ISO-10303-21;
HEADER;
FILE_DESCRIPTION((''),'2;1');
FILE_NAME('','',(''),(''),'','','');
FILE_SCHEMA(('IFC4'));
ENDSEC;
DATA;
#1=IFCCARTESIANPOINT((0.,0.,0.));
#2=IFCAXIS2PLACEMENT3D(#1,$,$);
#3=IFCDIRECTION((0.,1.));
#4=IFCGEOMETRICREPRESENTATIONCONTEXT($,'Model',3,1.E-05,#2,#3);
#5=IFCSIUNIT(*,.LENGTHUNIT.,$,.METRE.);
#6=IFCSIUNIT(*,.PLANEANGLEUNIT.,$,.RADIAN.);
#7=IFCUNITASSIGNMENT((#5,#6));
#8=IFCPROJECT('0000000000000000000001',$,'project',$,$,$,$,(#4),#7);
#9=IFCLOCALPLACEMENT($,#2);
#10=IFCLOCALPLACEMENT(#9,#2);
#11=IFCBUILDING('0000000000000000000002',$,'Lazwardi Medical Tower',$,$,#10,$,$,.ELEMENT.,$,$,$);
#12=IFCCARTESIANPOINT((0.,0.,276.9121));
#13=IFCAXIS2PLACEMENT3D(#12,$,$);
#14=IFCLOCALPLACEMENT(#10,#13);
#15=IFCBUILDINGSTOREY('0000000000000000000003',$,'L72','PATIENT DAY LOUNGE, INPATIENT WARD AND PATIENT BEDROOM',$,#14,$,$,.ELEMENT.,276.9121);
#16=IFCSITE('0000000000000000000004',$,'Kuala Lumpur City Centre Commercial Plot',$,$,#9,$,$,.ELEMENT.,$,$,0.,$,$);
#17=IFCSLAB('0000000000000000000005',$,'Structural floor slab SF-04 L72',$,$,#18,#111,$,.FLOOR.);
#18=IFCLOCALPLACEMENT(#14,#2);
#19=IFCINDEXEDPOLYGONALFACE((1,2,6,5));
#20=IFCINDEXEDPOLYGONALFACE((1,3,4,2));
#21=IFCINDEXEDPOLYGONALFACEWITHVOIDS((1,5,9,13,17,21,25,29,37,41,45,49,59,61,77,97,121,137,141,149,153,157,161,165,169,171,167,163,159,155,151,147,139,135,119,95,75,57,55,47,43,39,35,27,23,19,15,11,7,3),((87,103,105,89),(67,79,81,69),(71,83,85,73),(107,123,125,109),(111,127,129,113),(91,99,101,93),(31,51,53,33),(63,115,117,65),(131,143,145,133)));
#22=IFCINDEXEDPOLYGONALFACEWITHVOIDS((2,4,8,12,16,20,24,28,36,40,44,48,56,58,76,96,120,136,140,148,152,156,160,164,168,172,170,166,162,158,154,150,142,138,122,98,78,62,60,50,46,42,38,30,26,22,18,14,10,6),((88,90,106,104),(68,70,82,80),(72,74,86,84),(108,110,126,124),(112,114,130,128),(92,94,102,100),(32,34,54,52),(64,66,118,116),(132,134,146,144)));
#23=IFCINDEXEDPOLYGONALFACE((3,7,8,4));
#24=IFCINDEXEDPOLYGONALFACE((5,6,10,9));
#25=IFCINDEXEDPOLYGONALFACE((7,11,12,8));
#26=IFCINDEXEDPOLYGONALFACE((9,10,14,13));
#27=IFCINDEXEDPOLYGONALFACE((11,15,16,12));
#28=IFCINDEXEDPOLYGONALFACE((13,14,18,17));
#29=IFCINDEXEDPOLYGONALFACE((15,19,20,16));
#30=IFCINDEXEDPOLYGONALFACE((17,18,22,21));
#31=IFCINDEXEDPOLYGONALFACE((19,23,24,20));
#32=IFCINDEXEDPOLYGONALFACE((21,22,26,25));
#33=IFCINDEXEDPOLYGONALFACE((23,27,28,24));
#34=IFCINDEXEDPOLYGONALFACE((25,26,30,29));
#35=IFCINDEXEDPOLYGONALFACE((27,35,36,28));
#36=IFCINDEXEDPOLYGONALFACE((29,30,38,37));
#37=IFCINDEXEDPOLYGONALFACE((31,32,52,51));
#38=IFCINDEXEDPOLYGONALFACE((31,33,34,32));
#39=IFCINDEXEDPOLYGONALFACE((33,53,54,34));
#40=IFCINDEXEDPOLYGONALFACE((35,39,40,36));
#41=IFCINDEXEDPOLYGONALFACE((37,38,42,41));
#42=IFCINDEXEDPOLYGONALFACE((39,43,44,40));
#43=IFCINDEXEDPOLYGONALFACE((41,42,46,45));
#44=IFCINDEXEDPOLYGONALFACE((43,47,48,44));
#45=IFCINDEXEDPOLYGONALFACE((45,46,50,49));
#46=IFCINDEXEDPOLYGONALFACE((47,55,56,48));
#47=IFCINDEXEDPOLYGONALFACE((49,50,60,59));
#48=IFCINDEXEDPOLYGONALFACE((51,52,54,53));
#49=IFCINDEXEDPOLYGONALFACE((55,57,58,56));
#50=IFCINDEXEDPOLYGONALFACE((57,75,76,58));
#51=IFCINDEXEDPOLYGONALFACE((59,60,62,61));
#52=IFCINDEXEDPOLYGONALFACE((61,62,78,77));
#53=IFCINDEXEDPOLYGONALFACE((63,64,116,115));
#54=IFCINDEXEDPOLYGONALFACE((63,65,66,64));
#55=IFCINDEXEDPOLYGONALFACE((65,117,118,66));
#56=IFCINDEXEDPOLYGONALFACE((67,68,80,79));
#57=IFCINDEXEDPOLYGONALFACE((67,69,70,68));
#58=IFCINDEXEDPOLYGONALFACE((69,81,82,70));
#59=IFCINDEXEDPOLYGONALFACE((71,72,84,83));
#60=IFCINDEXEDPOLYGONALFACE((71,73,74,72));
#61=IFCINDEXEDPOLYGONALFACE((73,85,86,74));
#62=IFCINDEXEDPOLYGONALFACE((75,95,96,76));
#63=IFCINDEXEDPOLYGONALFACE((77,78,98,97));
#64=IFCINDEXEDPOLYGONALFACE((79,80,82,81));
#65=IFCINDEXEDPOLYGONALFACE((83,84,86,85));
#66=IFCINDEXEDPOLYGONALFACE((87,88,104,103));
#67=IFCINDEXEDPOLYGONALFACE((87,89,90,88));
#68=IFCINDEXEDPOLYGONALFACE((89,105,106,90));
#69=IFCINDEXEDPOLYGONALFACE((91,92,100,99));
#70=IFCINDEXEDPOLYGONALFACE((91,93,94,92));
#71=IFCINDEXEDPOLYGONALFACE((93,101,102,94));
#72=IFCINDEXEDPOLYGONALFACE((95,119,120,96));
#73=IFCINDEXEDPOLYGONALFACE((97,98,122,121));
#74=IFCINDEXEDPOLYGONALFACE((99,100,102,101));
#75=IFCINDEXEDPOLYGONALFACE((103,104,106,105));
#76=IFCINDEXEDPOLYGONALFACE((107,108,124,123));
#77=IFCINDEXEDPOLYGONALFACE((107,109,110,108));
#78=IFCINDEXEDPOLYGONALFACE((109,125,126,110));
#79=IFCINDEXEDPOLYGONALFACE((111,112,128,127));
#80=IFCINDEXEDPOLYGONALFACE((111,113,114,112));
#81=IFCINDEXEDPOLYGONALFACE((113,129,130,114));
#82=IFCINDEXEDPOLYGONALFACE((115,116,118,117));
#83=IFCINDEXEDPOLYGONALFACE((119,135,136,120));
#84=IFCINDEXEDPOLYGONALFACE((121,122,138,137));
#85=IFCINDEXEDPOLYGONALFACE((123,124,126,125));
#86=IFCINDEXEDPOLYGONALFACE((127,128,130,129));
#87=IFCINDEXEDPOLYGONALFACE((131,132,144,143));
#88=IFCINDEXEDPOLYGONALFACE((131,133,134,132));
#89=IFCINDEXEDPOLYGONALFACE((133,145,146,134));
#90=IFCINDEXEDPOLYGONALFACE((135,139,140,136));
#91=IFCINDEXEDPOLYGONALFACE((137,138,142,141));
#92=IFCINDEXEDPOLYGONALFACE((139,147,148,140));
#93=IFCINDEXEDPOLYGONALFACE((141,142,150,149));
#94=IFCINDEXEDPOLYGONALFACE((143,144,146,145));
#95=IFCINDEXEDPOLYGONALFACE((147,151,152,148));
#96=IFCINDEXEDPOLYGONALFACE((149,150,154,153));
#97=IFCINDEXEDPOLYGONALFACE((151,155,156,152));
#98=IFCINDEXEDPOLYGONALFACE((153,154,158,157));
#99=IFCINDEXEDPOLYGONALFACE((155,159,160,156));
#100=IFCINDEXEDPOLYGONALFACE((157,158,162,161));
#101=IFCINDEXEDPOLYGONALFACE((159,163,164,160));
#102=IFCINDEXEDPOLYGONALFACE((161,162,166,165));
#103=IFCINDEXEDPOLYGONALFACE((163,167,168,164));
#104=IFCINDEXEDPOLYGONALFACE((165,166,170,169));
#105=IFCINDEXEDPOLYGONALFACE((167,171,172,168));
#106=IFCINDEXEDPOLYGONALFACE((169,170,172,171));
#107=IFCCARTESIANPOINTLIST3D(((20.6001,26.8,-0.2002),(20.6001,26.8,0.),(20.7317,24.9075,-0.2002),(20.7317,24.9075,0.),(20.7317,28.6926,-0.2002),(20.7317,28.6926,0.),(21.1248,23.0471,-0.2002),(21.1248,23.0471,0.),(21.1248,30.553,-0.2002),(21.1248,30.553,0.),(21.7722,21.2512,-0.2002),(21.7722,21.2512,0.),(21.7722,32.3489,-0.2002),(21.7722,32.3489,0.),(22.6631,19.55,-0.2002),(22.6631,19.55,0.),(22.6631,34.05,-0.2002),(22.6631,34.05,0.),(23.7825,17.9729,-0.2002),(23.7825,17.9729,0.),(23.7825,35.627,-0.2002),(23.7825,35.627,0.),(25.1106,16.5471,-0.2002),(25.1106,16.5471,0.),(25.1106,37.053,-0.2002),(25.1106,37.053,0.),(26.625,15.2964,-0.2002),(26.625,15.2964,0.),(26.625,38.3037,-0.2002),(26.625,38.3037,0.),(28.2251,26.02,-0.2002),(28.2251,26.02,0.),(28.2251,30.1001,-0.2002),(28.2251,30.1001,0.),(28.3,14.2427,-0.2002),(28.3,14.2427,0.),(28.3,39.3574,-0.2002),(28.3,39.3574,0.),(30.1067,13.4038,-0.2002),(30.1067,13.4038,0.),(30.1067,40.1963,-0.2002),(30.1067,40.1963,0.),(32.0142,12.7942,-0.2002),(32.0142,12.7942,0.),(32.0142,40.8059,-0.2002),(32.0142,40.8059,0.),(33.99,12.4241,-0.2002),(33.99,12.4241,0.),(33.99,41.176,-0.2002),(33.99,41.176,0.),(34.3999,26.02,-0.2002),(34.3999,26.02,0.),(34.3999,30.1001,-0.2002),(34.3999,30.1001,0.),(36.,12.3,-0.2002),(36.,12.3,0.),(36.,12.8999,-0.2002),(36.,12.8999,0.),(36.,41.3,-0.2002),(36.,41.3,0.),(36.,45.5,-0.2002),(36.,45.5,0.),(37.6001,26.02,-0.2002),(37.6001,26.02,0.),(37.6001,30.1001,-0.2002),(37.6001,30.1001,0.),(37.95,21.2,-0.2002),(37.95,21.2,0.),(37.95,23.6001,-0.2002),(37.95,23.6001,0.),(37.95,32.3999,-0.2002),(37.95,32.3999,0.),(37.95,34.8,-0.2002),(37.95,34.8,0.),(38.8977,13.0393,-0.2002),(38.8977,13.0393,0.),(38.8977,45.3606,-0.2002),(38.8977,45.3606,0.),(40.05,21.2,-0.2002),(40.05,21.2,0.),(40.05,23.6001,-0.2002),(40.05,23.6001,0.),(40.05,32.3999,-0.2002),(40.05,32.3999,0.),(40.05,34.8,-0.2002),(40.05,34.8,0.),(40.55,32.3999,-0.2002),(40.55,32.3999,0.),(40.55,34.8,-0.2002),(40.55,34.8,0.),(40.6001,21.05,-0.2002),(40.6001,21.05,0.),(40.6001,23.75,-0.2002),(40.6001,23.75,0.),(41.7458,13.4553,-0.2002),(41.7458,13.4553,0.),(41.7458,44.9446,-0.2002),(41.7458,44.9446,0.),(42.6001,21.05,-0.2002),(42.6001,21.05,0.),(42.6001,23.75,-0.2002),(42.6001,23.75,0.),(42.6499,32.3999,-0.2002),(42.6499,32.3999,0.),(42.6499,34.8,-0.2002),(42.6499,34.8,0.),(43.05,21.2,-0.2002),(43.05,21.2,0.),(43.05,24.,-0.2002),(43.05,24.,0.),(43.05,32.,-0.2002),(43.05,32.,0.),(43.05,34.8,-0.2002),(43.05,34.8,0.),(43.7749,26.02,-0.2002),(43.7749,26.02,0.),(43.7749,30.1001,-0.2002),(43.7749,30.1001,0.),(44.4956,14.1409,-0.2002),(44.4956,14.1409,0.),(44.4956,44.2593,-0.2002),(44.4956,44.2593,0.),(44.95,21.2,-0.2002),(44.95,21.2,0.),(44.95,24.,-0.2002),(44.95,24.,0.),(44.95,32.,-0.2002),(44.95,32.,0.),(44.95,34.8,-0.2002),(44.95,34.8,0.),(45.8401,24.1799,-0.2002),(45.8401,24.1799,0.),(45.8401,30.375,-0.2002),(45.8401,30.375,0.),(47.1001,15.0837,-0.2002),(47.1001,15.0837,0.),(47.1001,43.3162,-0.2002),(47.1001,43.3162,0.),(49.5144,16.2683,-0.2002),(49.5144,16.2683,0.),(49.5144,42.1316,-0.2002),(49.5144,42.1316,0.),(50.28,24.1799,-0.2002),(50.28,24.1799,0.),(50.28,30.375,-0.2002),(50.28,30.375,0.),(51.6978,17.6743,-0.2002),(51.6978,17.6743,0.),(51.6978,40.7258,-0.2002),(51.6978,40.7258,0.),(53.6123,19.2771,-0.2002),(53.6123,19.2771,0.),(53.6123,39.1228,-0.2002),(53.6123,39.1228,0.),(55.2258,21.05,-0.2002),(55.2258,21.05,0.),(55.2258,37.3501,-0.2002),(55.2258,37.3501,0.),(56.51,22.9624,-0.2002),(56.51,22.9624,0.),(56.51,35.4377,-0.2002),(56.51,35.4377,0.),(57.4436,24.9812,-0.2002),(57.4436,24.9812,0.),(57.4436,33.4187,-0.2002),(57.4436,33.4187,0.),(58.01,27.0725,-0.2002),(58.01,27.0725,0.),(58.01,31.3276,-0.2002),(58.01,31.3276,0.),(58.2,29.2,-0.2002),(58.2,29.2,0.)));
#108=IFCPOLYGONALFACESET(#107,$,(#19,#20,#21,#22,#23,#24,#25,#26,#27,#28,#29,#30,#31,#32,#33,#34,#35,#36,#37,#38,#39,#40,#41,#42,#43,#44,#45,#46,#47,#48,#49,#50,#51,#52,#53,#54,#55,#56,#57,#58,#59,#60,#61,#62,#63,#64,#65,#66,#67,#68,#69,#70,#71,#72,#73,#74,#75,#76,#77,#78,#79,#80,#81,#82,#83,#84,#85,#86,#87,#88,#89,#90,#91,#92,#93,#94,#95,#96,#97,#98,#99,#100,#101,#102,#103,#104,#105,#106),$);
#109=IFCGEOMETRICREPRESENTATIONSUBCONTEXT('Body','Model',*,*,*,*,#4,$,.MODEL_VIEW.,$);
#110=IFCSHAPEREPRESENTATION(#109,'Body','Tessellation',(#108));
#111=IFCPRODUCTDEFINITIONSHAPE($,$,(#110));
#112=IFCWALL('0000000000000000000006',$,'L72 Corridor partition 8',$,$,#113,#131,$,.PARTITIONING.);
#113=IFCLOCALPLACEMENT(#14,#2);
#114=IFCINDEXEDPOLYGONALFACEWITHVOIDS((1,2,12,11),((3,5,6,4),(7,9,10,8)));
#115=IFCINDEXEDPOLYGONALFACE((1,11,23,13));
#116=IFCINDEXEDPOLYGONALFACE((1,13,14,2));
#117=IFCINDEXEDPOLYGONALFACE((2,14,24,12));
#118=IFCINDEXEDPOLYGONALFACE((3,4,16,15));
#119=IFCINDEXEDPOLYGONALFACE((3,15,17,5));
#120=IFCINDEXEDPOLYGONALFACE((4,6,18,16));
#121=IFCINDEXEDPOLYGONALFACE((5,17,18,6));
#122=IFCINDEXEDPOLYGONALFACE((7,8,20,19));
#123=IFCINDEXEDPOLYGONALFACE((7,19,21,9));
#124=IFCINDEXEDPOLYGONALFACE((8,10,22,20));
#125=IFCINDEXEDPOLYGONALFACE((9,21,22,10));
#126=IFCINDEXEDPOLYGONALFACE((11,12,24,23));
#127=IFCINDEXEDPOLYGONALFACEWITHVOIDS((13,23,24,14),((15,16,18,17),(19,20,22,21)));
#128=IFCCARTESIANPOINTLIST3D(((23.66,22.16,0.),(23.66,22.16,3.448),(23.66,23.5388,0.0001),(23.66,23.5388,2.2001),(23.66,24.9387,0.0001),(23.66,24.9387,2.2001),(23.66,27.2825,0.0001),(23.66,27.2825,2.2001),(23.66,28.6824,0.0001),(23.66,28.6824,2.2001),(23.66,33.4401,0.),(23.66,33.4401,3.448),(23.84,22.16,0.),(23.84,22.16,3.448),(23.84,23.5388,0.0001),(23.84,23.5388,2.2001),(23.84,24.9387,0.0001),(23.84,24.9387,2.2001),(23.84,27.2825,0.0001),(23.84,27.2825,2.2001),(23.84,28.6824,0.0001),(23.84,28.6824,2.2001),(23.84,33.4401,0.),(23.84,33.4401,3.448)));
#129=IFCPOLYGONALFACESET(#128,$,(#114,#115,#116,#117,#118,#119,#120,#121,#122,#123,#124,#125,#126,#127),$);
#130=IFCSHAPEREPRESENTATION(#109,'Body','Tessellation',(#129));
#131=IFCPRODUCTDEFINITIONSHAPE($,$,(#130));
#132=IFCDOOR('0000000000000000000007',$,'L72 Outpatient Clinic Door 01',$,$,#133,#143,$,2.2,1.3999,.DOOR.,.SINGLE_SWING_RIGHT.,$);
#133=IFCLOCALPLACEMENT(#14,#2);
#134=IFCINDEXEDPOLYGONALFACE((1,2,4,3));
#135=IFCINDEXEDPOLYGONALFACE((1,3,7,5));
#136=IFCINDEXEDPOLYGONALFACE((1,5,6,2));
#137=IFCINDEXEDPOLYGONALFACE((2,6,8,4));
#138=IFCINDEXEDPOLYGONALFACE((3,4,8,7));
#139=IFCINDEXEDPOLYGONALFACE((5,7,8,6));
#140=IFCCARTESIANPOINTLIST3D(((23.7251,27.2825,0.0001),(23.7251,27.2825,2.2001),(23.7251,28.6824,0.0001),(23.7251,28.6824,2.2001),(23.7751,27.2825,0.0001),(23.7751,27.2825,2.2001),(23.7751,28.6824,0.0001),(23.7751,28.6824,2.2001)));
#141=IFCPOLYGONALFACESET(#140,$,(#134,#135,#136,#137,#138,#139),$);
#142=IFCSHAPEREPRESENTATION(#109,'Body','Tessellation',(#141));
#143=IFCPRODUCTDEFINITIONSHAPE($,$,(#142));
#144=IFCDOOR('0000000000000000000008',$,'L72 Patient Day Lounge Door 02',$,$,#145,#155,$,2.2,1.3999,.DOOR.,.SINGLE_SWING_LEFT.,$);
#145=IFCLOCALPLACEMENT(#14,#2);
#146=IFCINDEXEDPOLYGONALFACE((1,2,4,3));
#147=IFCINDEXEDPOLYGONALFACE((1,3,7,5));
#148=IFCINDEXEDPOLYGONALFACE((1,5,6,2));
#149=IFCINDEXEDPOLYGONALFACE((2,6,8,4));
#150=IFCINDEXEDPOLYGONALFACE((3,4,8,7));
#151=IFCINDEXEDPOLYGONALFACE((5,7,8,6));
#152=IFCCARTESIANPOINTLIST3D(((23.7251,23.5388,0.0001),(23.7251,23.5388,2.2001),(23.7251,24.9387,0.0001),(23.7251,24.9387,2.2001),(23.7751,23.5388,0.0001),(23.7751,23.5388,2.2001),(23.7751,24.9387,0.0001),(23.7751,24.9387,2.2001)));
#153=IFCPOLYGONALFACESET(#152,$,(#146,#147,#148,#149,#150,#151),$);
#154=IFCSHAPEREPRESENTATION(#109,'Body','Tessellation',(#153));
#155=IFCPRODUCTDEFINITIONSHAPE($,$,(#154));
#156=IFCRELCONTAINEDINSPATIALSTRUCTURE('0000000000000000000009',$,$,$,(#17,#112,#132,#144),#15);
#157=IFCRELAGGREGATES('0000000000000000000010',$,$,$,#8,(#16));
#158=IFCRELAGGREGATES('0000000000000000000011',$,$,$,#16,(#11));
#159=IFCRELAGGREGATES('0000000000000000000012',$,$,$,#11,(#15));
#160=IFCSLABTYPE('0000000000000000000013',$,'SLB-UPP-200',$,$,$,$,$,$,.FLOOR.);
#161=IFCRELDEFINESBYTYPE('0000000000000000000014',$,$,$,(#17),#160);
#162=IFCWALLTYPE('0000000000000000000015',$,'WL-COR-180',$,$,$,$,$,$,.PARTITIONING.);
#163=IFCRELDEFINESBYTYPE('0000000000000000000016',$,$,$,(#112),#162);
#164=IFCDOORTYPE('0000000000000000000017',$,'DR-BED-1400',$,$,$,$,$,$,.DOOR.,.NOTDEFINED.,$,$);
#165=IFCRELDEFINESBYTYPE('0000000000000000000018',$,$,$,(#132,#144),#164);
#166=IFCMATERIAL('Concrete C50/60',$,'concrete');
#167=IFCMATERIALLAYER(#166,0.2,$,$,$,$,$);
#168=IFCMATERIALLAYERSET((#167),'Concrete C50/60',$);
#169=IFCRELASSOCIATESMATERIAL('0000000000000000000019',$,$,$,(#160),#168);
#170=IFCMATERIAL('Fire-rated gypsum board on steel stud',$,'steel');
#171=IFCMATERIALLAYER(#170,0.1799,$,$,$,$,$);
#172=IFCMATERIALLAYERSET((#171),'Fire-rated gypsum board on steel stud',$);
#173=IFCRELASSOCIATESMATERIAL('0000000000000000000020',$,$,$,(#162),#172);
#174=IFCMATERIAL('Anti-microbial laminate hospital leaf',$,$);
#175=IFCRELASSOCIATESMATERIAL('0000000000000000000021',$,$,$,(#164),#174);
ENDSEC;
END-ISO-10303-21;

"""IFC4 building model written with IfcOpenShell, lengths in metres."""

from ifc_helpers import new_model, si_unit, direction, frame, frame_2d, origin, place, context, subcontext, project, spatial, polyline, rectangle, outline, extrude, material, layer, layer_set, type_object, element, fill, save


model = new_model("IFC4")

# Units and contexts
model_context = context("Model", 3, precision=1e-05, world=origin(), true_north=direction((0.0, 1.0)))
body_context = subcontext(model_context, "Body", "Model", "MODEL_VIEW")
ifc_project = project(units=[si_unit("LENGTHUNIT", "METRE"), si_unit("PLANEANGLEUNIT", "RADIAN")], contexts=[model_context])

# Site, building, storey
site_placement = place(None, origin())
site = spatial("IfcSite", under=ifc_project, at=site_placement, Name="Kuala Lumpur City Centre Commercial Plot", CompositionType="ELEMENT", RefElevation=0.0)
building_placement = place(site_placement, origin())
building = spatial("IfcBuilding", under=site, at=building_placement, Name="Lazwardi Medical Tower", CompositionType="ELEMENT")
storey_placement = place(building_placement, frame((0.0, 0.0, 276.9121)))
storey = spatial("IfcBuildingStorey", under=building, at=storey_placement, Name="L72", Description="PATIENT DAY LOUNGE, INPATIENT WARD AND PATIENT BEDROOM", CompositionType="ELEMENT", Elevation=276.9121)

# Slab
ifc_material_1 = material(Name="Concrete C50/60", Category="concrete")
ifc_layer_1 = layer(ifc_material_1, 0.2)
ifc_layer_set_1 = layer_set([ifc_layer_1], Name="Concrete C50/60")
slab_type_1 = type_object("IfcSlabType", Name="SLB-UPP-200", PredefinedType="FLOOR", material=ifc_layer_set_1)
slab_1_placement = place(storey_placement, frame((0.0, 0.0, -0.2002)))
element("IfcSlab", 1, at=slab_1_placement, inside=storey, type_object=slab_type_1, Name="Structural floor slab SF-04 L72", PredefinedType="FLOOR", context=body_context, shape_type="SweptSolid", body=[
    extrude(outline(polyline([(23.7825, 17.9729), (25.1106, 16.5471), (26.625, 15.2964), (28.3, 14.2427), (30.1067, 13.4038), (32.0142, 12.7942), (33.99, 12.4241), (36.0, 12.3), (36.0, 12.8999), (38.8977, 13.0393), (41.7458, 13.4553), (44.4956, 14.1409), (47.1001, 15.0837), (49.5144, 16.2683), (51.6978, 17.6743), (53.6123, 19.2771), (55.2258, 21.05), (56.51, 22.9624), (57.4436, 24.9812), (58.01, 27.0725), (58.2, 29.2), (58.01, 31.3276), (57.4436, 33.4187), (56.51, 35.4377), (55.2258, 37.3501), (53.6123, 39.1228), (51.6978, 40.7258), (49.5144, 42.1316), (47.1001, 43.3162), (44.4956, 44.2593), (41.7458, 44.9446), (38.8977, 45.3606), (36.0, 45.5), (36.0, 41.3), (33.99, 41.176), (32.0142, 40.8059), (30.1067, 40.1963), (28.3, 39.3574), (26.625, 38.3037), (25.1106, 37.053), (23.7825, 35.627), (22.6631, 34.05), (21.7722, 32.3489), (21.1248, 30.553), (20.7317, 28.6926), (20.6001, 26.8), (20.7317, 24.9075), (21.1248, 23.0471), (21.7722, 21.2512), (22.6631, 19.55), (23.7825, 17.9729)]), holes=[polyline([(28.2251, 26.02), (28.2251, 30.1001), (34.3999, 30.1001), (34.3999, 26.02), (28.2251, 26.02)]), polyline([(37.6001, 30.1001), (43.7749, 30.1001), (43.7749, 26.02), (37.6001, 26.02), (37.6001, 30.1001)]), polyline([(50.28, 30.375), (50.28, 24.1799), (45.8401, 24.1799), (45.8401, 30.375), (50.28, 30.375)]), polyline([(40.05, 32.3999), (37.95, 32.3999), (37.95, 34.8), (40.05, 34.8), (40.05, 32.3999)]), polyline([(40.55, 32.3999), (40.55, 34.8), (42.6499, 34.8), (42.6499, 32.3999), (40.55, 32.3999)]), polyline([(37.95, 23.6001), (40.05, 23.6001), (40.05, 21.2), (37.95, 21.2), (37.95, 23.6001)]), polyline([(44.95, 34.8), (44.95, 32.0), (43.05, 32.0), (43.05, 34.8), (44.95, 34.8)]), polyline([(44.95, 21.2), (43.05, 21.2), (43.05, 24.0), (44.95, 24.0), (44.95, 21.2)]), polyline([(40.6001, 21.05), (40.6001, 23.75), (42.6001, 23.75), (42.6001, 21.05), (40.6001, 21.05)])]), origin(), (0.0, 0.0, 1.0), 0.2002),
])

# Wall, openings, doors
ifc_material_2 = material(Name="Fire-rated gypsum board on steel stud", Category="steel")
ifc_layer_2 = layer(ifc_material_2, 0.1799)
ifc_layer_set_2 = layer_set([ifc_layer_2], Name="Fire-rated gypsum board on steel stud")
wall_type_1 = type_object("IfcWallType", Name="WL-COR-180", PredefinedType="PARTITIONING", material=ifc_layer_set_2)
wall_1_placement = place(storey_placement, frame((23.75, 22.1599, 0.0), z_axis=(0.0, 0.0, 1.0), x_axis=(0.0, 1.0, 0.0)))
wall_1 = element("IfcWall", 2, at=wall_1_placement, inside=storey, type_object=wall_type_1, Name="L72 Corridor partition 8", PredefinedType="PARTITIONING", context=body_context, shape_type="SweptSolid", body=[
    extrude(rectangle(XDim=11.28, YDim=0.1799, at=frame_2d((5.6401, 0.0))), origin(), (0.0, 0.0, 1.0), 3.448),
])
opening_1_placement = place(wall_1_placement, frame((5.1226, 0.0, 0.0)))
opening_1 = element("IfcOpeningElement", 3, at=opening_1_placement, cuts=wall_1, PredefinedType="OPENING", context=body_context, shape_type="SweptSolid", body=[
    extrude(rectangle(XDim=1.3999, YDim=2.2, at=frame_2d((0.7, 1.1001))), frame((0.0, 0.0999, 0.0), z_axis=(0.0, -1.0, 0.0), x_axis=(1.0, 0.0, 0.0)), (0.0, 0.0, 1.0), 0.2),
])
opening_2_placement = place(wall_1_placement, frame((1.3789, 0.0, 0.0)))
opening_2 = element("IfcOpeningElement", 4, at=opening_2_placement, cuts=wall_1, PredefinedType="OPENING", context=body_context, shape_type="SweptSolid", body=[
    extrude(rectangle(XDim=1.3999, YDim=2.2, at=frame_2d((0.7, 1.1001))), frame((0.0, 0.0999, 0.0), z_axis=(0.0, -1.0, 0.0), x_axis=(1.0, 0.0, 0.0)), (0.0, 0.0, 1.0), 0.2),
])
ifc_material_3 = material(Name="Anti-microbial laminate hospital leaf")
door_type = type_object("IfcDoorType", Name="DR-BED-1400", OperationType="NOTDEFINED", PredefinedType="DOOR", material=ifc_material_3)
door_1_placement = place(opening_1_placement, origin())
door_1 = element("IfcDoor", 5, at=door_1_placement, inside=storey, type_object=door_type, Name="L72 Outpatient Clinic Door 01", OperationType="SINGLE_SWING_RIGHT", OverallHeight=2.2, OverallWidth=1.3999, PredefinedType="DOOR", context=body_context, shape_type="SweptSolid", body=[
    extrude(rectangle(XDim=1.3999, YDim=2.2, at=frame_2d((0.7, 1.1001))), frame((0.0, 0.0249, 0.0), z_axis=(0.0, -1.0, 0.0), x_axis=(1.0, 0.0, 0.0)), (0.0, 0.0, 1.0), 0.05),
])
fill(opening_1, door_1)
door_2_placement = place(opening_2_placement, origin())
door_2 = element("IfcDoor", 6, at=door_2_placement, inside=storey, type_object=door_type, Name="L72 Patient Day Lounge Door 02", OperationType="SINGLE_SWING_LEFT", OverallHeight=2.2, OverallWidth=1.3999, PredefinedType="DOOR", context=body_context, shape_type="SweptSolid", body=[
    extrude(rectangle(XDim=1.3999, YDim=2.2, at=frame_2d((0.7, 1.1001))), frame((0.0, 0.0249, 0.0), z_axis=(0.0, -1.0, 0.0), x_axis=(1.0, 0.0, 0.0)), (0.0, 0.0, 1.0), 0.05),
])
fill(opening_2, door_2)

save(model, "model.ifc")
